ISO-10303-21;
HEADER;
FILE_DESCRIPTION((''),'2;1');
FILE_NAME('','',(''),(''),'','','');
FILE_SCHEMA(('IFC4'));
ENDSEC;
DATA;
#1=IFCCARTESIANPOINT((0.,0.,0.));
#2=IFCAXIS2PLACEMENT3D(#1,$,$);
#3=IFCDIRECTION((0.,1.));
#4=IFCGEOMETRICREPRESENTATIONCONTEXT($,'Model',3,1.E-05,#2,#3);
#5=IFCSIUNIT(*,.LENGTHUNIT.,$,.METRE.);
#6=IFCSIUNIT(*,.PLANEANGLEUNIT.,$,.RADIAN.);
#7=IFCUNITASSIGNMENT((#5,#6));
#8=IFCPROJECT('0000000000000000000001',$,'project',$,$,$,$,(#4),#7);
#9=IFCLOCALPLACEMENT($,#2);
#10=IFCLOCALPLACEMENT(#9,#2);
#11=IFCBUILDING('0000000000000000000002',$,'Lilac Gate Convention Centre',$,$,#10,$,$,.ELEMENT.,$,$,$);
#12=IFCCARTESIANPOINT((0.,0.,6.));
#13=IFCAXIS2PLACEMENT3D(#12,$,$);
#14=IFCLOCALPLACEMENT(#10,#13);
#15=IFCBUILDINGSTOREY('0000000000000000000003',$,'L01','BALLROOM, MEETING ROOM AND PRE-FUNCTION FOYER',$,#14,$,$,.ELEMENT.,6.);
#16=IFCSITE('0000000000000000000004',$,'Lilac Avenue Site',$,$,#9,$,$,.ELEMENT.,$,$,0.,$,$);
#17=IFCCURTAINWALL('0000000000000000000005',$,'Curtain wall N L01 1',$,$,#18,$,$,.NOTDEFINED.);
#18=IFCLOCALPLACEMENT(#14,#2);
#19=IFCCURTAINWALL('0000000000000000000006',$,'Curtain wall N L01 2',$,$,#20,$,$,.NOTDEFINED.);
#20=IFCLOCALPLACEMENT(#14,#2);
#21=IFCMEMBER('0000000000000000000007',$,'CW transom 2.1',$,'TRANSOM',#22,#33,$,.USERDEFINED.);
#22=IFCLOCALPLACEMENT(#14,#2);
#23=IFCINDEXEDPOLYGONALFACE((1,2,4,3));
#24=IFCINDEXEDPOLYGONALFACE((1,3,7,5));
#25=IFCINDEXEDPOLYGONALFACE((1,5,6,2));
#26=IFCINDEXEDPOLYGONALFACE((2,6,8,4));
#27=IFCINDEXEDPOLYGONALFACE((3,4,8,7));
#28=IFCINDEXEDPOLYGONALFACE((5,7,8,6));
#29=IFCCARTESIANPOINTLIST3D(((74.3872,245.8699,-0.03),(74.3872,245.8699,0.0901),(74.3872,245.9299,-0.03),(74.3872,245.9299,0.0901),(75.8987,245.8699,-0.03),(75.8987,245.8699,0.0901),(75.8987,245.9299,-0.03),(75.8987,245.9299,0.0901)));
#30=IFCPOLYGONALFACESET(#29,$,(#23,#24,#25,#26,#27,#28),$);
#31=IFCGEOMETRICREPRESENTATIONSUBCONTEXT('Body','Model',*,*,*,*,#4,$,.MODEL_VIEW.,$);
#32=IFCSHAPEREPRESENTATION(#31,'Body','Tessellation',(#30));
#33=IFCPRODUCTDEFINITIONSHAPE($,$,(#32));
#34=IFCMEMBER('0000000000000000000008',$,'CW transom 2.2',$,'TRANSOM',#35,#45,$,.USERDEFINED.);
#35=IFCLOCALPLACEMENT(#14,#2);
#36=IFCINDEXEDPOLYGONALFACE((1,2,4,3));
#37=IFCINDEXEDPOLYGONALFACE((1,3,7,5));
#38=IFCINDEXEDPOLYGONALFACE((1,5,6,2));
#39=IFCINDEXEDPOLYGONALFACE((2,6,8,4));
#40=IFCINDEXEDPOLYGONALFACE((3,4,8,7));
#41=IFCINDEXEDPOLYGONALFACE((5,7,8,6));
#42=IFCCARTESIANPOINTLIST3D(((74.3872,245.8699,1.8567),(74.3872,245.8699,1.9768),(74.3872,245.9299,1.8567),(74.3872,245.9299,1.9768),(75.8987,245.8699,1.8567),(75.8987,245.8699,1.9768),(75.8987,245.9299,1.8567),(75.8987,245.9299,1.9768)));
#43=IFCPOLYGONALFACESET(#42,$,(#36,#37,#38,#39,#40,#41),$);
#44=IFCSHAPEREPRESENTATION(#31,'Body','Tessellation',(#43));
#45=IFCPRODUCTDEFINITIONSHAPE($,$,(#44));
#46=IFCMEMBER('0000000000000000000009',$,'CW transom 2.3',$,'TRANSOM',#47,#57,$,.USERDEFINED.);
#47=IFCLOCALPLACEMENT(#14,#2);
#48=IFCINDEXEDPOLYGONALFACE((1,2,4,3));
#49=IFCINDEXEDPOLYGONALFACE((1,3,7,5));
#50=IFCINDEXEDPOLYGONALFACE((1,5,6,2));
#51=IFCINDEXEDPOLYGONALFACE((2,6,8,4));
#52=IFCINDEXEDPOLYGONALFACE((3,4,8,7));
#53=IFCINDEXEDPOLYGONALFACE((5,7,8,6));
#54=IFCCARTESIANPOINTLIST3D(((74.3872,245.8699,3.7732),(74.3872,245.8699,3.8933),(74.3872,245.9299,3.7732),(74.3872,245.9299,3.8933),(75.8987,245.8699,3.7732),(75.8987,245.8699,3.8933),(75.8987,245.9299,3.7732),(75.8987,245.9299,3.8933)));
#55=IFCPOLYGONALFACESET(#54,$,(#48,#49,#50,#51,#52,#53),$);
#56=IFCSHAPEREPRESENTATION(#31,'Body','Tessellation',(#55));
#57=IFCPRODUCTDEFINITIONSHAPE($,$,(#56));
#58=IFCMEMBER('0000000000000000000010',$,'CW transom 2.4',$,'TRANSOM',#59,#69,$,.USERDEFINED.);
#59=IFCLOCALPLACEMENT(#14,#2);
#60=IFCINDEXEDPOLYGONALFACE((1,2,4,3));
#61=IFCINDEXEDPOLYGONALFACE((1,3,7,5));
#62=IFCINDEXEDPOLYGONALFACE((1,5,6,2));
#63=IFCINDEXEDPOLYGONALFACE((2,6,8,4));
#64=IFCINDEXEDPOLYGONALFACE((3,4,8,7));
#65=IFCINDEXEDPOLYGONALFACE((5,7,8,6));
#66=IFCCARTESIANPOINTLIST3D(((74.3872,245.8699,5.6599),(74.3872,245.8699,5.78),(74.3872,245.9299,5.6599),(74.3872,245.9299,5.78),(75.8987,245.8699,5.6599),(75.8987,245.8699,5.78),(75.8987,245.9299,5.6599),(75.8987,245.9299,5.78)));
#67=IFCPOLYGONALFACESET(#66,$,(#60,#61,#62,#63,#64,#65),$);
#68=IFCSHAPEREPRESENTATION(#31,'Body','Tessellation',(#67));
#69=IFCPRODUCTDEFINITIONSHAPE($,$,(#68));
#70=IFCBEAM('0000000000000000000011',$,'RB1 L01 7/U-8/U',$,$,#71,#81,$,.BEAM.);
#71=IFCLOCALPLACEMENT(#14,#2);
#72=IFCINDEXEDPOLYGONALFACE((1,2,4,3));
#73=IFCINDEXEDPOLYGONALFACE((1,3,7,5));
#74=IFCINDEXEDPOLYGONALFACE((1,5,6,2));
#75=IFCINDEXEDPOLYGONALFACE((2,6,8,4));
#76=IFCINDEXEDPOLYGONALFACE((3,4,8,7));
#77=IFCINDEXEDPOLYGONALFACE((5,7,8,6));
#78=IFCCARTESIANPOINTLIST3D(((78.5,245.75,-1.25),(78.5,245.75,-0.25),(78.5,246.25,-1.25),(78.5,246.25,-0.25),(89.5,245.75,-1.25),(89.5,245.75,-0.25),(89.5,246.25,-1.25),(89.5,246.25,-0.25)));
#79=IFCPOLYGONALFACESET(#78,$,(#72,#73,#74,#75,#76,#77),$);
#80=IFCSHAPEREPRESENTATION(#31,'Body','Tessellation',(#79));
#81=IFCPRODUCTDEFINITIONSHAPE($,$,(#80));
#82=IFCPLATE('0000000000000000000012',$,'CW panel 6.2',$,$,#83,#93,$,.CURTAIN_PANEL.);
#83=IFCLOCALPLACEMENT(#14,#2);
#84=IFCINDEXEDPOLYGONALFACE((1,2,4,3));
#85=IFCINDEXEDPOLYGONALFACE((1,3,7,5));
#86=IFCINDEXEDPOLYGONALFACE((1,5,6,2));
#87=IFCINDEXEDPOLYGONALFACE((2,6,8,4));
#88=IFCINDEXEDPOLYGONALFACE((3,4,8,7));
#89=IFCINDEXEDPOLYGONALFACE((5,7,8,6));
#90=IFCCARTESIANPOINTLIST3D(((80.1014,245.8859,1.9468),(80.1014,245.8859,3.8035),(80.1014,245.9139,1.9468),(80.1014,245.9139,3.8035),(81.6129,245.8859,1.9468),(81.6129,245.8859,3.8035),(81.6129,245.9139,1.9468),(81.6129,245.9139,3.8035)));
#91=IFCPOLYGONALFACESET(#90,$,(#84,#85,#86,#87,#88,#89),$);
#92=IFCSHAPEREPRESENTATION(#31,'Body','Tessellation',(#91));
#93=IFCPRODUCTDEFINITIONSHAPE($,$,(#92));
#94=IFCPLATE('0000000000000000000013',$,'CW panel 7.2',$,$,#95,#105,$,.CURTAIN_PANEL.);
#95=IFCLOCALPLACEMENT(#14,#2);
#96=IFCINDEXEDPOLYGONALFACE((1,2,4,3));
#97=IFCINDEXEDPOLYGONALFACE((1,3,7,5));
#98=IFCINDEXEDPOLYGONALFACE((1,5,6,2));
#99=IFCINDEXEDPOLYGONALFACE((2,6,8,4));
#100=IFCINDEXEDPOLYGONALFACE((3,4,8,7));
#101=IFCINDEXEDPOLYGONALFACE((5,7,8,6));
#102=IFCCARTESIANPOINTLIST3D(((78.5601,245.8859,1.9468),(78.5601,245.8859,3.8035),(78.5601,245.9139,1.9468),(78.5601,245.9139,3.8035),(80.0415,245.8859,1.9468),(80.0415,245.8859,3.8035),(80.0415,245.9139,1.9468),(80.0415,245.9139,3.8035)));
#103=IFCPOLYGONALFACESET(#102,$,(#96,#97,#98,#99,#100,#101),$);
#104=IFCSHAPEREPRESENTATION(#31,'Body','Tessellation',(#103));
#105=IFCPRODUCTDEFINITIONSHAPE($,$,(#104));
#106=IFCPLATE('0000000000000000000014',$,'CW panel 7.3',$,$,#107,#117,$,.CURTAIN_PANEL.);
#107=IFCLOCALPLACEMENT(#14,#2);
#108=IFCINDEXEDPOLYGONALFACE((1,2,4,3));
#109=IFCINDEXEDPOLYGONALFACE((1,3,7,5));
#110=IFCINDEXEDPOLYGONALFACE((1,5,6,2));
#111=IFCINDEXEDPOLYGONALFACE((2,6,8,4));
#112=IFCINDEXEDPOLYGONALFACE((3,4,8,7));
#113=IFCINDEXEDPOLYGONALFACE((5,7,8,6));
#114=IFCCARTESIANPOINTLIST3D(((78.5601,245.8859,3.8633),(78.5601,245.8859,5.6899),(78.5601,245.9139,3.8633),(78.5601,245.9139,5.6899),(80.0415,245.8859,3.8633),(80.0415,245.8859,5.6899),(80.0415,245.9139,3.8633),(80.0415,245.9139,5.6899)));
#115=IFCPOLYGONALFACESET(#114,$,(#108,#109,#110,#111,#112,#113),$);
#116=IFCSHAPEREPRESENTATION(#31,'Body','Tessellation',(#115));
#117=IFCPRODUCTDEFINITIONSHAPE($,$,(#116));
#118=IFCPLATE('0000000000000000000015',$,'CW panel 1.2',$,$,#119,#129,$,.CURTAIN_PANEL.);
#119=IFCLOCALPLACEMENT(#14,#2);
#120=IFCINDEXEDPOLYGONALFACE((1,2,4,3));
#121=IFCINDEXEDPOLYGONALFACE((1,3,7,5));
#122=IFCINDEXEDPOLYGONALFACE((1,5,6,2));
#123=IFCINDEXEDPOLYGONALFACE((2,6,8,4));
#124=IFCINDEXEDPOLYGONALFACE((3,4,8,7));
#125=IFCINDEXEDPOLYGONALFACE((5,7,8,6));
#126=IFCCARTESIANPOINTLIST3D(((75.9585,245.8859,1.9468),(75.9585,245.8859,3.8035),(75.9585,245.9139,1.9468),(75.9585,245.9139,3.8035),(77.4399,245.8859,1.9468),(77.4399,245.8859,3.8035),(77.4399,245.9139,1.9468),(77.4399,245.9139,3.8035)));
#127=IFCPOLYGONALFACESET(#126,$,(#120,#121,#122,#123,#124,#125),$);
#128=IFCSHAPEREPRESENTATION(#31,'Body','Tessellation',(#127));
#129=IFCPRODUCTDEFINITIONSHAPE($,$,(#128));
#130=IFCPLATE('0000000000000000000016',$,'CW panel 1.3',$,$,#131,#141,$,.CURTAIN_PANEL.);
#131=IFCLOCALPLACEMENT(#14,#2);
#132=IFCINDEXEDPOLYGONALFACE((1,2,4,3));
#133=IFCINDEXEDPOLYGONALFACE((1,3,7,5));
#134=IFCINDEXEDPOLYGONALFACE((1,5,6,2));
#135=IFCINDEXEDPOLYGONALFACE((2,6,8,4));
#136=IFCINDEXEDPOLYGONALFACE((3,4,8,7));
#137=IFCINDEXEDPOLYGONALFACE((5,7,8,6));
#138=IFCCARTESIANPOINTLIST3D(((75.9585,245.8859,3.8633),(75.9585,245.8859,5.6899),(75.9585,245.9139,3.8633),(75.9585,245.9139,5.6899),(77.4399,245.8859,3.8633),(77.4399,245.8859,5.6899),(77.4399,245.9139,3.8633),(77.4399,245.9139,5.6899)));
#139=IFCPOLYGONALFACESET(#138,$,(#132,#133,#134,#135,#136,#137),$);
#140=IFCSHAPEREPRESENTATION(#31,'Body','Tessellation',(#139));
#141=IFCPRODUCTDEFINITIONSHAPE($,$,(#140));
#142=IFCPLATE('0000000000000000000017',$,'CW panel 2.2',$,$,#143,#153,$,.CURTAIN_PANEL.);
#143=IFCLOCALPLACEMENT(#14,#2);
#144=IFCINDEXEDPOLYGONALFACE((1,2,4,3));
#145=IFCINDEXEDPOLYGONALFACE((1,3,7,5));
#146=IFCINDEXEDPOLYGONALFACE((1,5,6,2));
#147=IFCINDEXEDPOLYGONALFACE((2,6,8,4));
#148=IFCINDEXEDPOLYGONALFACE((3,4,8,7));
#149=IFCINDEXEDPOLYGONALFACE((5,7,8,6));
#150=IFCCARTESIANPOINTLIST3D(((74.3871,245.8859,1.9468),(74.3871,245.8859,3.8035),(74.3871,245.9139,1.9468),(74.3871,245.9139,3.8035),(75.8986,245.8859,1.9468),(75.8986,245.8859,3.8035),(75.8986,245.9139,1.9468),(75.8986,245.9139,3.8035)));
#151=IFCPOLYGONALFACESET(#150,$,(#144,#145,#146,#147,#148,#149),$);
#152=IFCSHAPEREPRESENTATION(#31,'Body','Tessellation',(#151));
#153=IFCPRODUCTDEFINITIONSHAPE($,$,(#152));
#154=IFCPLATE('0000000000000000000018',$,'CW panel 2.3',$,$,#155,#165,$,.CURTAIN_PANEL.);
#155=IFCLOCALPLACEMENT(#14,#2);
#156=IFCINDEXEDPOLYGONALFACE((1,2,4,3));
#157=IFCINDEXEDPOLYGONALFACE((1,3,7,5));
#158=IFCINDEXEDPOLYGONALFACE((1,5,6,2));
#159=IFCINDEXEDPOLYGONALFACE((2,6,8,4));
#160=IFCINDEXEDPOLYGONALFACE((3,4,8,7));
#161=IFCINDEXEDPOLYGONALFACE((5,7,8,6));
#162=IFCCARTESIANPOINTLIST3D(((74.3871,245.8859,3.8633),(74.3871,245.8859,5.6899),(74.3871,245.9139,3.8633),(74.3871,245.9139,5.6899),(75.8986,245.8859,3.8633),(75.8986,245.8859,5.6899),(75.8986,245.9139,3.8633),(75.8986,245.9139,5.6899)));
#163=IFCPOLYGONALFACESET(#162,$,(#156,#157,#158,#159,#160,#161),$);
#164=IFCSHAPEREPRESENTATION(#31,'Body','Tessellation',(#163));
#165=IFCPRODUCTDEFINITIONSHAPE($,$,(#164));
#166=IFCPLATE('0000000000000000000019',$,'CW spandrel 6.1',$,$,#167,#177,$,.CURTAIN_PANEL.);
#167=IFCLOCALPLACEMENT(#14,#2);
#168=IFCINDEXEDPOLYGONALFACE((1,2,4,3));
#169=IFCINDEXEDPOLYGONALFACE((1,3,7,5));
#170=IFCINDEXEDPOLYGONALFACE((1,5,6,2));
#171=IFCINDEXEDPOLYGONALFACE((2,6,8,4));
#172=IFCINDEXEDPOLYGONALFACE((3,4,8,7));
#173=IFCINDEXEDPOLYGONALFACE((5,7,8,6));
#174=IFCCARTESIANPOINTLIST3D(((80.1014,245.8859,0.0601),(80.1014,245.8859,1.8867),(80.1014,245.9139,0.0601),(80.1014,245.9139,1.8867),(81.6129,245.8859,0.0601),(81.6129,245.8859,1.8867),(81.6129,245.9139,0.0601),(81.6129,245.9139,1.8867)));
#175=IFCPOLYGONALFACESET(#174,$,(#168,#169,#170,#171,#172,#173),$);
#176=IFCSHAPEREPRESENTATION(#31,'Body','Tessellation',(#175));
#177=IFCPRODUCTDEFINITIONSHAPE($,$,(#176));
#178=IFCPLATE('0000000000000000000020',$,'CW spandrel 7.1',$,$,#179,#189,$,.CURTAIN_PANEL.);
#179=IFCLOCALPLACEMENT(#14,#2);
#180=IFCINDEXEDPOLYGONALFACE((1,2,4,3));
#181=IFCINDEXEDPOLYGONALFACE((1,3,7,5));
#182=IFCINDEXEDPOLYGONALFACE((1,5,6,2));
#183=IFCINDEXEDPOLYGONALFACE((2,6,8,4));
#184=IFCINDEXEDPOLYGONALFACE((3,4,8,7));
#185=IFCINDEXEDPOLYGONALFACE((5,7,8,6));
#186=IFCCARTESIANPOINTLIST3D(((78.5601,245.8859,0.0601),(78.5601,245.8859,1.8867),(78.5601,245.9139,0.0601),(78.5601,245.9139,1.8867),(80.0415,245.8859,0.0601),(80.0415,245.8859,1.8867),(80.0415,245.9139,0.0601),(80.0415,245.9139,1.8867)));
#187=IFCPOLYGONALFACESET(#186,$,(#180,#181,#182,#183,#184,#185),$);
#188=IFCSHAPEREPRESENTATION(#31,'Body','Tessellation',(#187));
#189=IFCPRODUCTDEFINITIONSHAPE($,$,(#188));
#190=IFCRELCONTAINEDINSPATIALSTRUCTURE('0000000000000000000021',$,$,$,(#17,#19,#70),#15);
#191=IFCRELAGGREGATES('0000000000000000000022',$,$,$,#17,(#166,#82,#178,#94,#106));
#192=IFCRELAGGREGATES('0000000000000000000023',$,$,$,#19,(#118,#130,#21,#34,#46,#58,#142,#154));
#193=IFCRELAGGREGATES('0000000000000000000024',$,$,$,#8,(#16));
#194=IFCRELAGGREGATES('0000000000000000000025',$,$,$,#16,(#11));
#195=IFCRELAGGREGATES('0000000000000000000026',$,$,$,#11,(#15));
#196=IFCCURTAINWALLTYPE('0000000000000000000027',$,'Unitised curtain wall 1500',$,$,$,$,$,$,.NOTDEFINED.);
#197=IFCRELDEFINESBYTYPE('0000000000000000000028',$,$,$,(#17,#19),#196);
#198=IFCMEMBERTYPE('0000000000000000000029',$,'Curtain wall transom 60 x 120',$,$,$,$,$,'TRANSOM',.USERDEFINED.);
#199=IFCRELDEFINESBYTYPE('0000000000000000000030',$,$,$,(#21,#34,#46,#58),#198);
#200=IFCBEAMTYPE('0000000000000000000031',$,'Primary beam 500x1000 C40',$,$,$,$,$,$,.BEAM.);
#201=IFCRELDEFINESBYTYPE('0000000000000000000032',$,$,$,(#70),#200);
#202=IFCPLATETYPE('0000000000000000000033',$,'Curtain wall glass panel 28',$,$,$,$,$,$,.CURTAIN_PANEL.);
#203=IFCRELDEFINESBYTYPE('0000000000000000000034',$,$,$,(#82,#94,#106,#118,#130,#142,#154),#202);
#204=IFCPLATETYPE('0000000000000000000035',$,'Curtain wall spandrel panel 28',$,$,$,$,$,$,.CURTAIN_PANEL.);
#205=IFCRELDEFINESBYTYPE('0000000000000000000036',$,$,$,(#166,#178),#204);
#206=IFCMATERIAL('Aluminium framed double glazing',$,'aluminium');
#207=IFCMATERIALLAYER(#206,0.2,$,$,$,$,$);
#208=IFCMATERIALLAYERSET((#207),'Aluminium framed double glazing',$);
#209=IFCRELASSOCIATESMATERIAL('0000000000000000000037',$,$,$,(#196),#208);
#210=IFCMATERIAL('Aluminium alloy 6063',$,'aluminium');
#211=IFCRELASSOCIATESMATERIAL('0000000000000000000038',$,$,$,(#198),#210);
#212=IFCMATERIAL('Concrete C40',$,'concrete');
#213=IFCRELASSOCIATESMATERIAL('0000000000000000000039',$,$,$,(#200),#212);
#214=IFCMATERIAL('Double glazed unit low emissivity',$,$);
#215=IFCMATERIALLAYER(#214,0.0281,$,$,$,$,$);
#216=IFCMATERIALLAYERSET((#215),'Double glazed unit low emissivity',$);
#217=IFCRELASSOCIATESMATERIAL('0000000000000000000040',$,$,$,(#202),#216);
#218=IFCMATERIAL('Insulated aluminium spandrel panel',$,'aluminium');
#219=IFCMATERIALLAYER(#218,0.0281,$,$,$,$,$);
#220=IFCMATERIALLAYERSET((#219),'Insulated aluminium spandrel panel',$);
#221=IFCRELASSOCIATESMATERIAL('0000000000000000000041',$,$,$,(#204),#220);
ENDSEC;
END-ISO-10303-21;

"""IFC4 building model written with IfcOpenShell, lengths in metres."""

from ifc_helpers import new_model, si_unit, direction, frame, origin, origin_2d, place, context, subcontext, project, spatial, rectangle, extrude, material, layer, layer_set, material_profile, profile_set, type_object, element, aggregate, save


model = new_model("IFC4")

# Units and contexts
model_context = context("Model", 3, precision=1e-05, world=origin(), true_north=direction((0.0, 1.0)))
body_context = subcontext(model_context, "Body", "Model", "MODEL_VIEW")
ifc_project = project(units=[si_unit("LENGTHUNIT", "METRE"), si_unit("PLANEANGLEUNIT", "RADIAN")], contexts=[model_context])

# Site, building, storey
site_placement = place(None, origin())
site = spatial("IfcSite", under=ifc_project, at=site_placement, Name="Lilac Avenue Site", CompositionType="ELEMENT", RefElevation=0.0)
building_placement = place(site_placement, origin())
building = spatial("IfcBuilding", under=site, at=building_placement, Name="Lilac Gate Convention Centre", CompositionType="ELEMENT")
storey_placement = place(building_placement, frame((0.0, 0.0, 6.0)))
storey = spatial("IfcBuildingStorey", under=building, at=storey_placement, Name="L01", Description="BALLROOM, MEETING ROOM AND PRE-FUNCTION FOYER", CompositionType="ELEMENT", Elevation=6.0)

# Curtain walls
ifc_material_1 = material(Name="Aluminium framed double glazing", Category="aluminium")
ifc_layer_1 = layer(ifc_material_1, 0.2)
ifc_layer_set_1 = layer_set([ifc_layer_1], Name="Aluminium framed double glazing")
curtain_wall_type = type_object("IfcCurtainWallType", Name="Unitised curtain wall 1500", PredefinedType="NOTDEFINED", material=ifc_layer_set_1)
curtain_wall_1_placement = place(storey_placement, origin())
curtain_wall_1 = element("IfcCurtainWall", 1, at=curtain_wall_1_placement, inside=storey, type_object=curtain_wall_type, Name="Curtain wall N L01 1", PredefinedType="NOTDEFINED")
ifc_material_2 = material(Name="Aluminium alloy 6063", Category="aluminium")
curtain_wall_2_placement = place(storey_placement, origin())
curtain_wall_2 = element("IfcCurtainWall", 2, at=curtain_wall_2_placement, inside=storey, type_object=curtain_wall_type, Name="Curtain wall N L01 2", PredefinedType="NOTDEFINED")

# Members
ifc_material_profile_1 = material_profile(ifc_material_2, rectangle(XDim=0.0601, YDim=0.1201, at=origin_2d()), Name="Curtain wall transom 60 x 120")
ifc_profile_set_1 = profile_set([ifc_material_profile_1], Name="Aluminium alloy 6063")
member_type_1 = type_object("IfcMemberType", Name="Curtain wall transom 60 x 120", ElementType="TRANSOM", PredefinedType="USERDEFINED", material=ifc_profile_set_1)
member_1_placement = place(storey_placement, frame((75.8987, 245.8999, 0.03), z_axis=(-1.0, 0.0, 0.0), x_axis=(0.0, -1.0, 0.0)))
member_1 = element("IfcMember", 3, at=member_1_placement, type_object=member_type_1, Name="CW transom 2.1", ObjectType="TRANSOM", PredefinedType="USERDEFINED", context=body_context, shape_type="SweptSolid", body=[
    extrude(rectangle(XDim=0.0601, YDim=0.1201, at=origin_2d()), origin(), (0.0, 0.0, 1.0), 1.5115),
])
member_2_placement = place(storey_placement, frame((75.8987, 245.8999, 1.9167), z_axis=(-1.0, 0.0, 0.0), x_axis=(0.0, -1.0, 0.0)))
member_2 = element("IfcMember", 4, at=member_2_placement, type_object=member_type_1, Name="CW transom 2.2", ObjectType="TRANSOM", PredefinedType="USERDEFINED", context=body_context, shape_type="SweptSolid", body=[
    extrude(rectangle(XDim=0.0601, YDim=0.1201, at=origin_2d()), origin(), (0.0, 0.0, 1.0), 1.5115),
])
member_3_placement = place(storey_placement, frame((75.8987, 245.8999, 3.8333), z_axis=(-1.0, 0.0, 0.0), x_axis=(0.0, -1.0, 0.0)))
member_3 = element("IfcMember", 5, at=member_3_placement, type_object=member_type_1, Name="CW transom 2.3", ObjectType="TRANSOM", PredefinedType="USERDEFINED", context=body_context, shape_type="SweptSolid", body=[
    extrude(rectangle(XDim=0.0601, YDim=0.1201, at=origin_2d()), origin(), (0.0, 0.0, 1.0), 1.5115),
])
member_4_placement = place(storey_placement, frame((75.8987, 245.8999, 5.72), z_axis=(-1.0, 0.0, 0.0), x_axis=(0.0, -1.0, 0.0)))
member_4 = element("IfcMember", 6, at=member_4_placement, type_object=member_type_1, Name="CW transom 2.4", ObjectType="TRANSOM", PredefinedType="USERDEFINED", context=body_context, shape_type="SweptSolid", body=[
    extrude(rectangle(XDim=0.0601, YDim=0.1201, at=origin_2d()), origin(), (0.0, 0.0, 1.0), 1.5115),
])

# Beam
ifc_material_3 = material(Name="Concrete C40", Category="concrete")
ifc_material_profile_2 = material_profile(ifc_material_3, rectangle(XDim=0.5, YDim=1.0, at=origin_2d()), Name="RC 500x1000")
ifc_profile_set_2 = profile_set([ifc_material_profile_2], Name="Concrete C40")
beam_type = type_object("IfcBeamType", Name="Primary beam 500x1000 C40", PredefinedType="BEAM", material=ifc_profile_set_2)
beam_placement = place(storey_placement, frame((78.5, 246.0, -0.75), z_axis=(1.0, 0.0, 0.0), x_axis=(0.0, 1.0, 0.0)))
element("IfcBeam", 7, at=beam_placement, inside=storey, type_object=beam_type, Name="RB1 L01 7/U-8/U", PredefinedType="BEAM", context=body_context, shape_type="SweptSolid", body=[
    extrude(rectangle(XDim=0.5, YDim=1.0, at=origin_2d()), origin(), (0.0, 0.0, 1.0), 11.0),
])

# Plates
ifc_material_4 = material(Name="Double glazed unit low emissivity")
ifc_layer_2 = layer(ifc_material_4, 0.0281)
ifc_layer_set_2 = layer_set([ifc_layer_2], Name="Double glazed unit low emissivity")
plate_type_1 = type_object("IfcPlateType", Name="Curtain wall glass panel 28", PredefinedType="CURTAIN_PANEL", material=ifc_layer_set_2)
plate_1_placement = place(storey_placement, frame((80.8572, 245.8999, 1.9468), z_axis=(0.0, 0.0, 1.0), x_axis=(-1.0, 0.0, 0.0)))
plate_1 = element("IfcPlate", 8, at=plate_1_placement, type_object=plate_type_1, Name="CW panel 6.2", PredefinedType="CURTAIN_PANEL", context=body_context, shape_type="SweptSolid", body=[
    extrude(rectangle(XDim=1.5115, YDim=0.0281, at=origin_2d()), origin(), (0.0, 0.0, 1.0), 1.8567),
])
plate_2_placement = place(storey_placement, frame((79.3008, 245.8999, 1.9468), z_axis=(0.0, 0.0, 1.0), x_axis=(-1.0, 0.0, 0.0)))
plate_2 = element("IfcPlate", 9, at=plate_2_placement, type_object=plate_type_1, Name="CW panel 7.2", PredefinedType="CURTAIN_PANEL", context=body_context, shape_type="SweptSolid", body=[
    extrude(rectangle(XDim=1.4814, YDim=0.0281, at=origin_2d()), origin(), (0.0, 0.0, 1.0), 1.8567),
])
plate_3_placement = place(storey_placement, frame((79.3008, 245.8999, 3.8633), z_axis=(0.0, 0.0, 1.0), x_axis=(-1.0, 0.0, 0.0)))
plate_3 = element("IfcPlate", 10, at=plate_3_placement, type_object=plate_type_1, Name="CW panel 7.3", PredefinedType="CURTAIN_PANEL", context=body_context, shape_type="SweptSolid", body=[
    extrude(rectangle(XDim=1.4814, YDim=0.0281, at=origin_2d()), origin(), (0.0, 0.0, 1.0), 1.8267),
])
plate_4_placement = place(storey_placement, frame((76.6992, 245.8999, 1.9468), z_axis=(0.0, 0.0, 1.0), x_axis=(-1.0, 0.0, 0.0)))
plate_4 = element("IfcPlate", 11, at=plate_4_placement, type_object=plate_type_1, Name="CW panel 1.2", PredefinedType="CURTAIN_PANEL", context=body_context, shape_type="SweptSolid", body=[
    extrude(rectangle(XDim=1.4814, YDim=0.0281, at=origin_2d()), origin(), (0.0, 0.0, 1.0), 1.8567),
])
plate_5_placement = place(storey_placement, frame((76.6992, 245.8999, 3.8633), z_axis=(0.0, 0.0, 1.0), x_axis=(-1.0, 0.0, 0.0)))
plate_5 = element("IfcPlate", 12, at=plate_5_placement, type_object=plate_type_1, Name="CW panel 1.3", PredefinedType="CURTAIN_PANEL", context=body_context, shape_type="SweptSolid", body=[
    extrude(rectangle(XDim=1.4814, YDim=0.0281, at=origin_2d()), origin(), (0.0, 0.0, 1.0), 1.8267),
])
plate_6_placement = place(storey_placement, frame((75.1428, 245.8999, 1.9468), z_axis=(0.0, 0.0, 1.0), x_axis=(-1.0, 0.0, 0.0)))
plate_6 = element("IfcPlate", 13, at=plate_6_placement, type_object=plate_type_1, Name="CW panel 2.2", PredefinedType="CURTAIN_PANEL", context=body_context, shape_type="SweptSolid", body=[
    extrude(rectangle(XDim=1.5115, YDim=0.0281, at=origin_2d()), origin(), (0.0, 0.0, 1.0), 1.8567),
])
plate_7_placement = place(storey_placement, frame((75.1428, 245.8999, 3.8633), z_axis=(0.0, 0.0, 1.0), x_axis=(-1.0, 0.0, 0.0)))
plate_7 = element("IfcPlate", 14, at=plate_7_placement, type_object=plate_type_1, Name="CW panel 2.3", PredefinedType="CURTAIN_PANEL", context=body_context, shape_type="SweptSolid", body=[
    extrude(rectangle(XDim=1.5115, YDim=0.0281, at=origin_2d()), origin(), (0.0, 0.0, 1.0), 1.8267),
])
ifc_material_5 = material(Name="Insulated aluminium spandrel panel", Category="aluminium")
ifc_layer_3 = layer(ifc_material_5, 0.0281)
ifc_layer_set_3 = layer_set([ifc_layer_3], Name="Insulated aluminium spandrel panel")
plate_type_2 = type_object("IfcPlateType", Name="Curtain wall spandrel panel 28", PredefinedType="CURTAIN_PANEL", material=ifc_layer_set_3)
plate_8_placement = place(storey_placement, frame((80.8572, 245.8999, 0.0601), z_axis=(0.0, 0.0, 1.0), x_axis=(-1.0, 0.0, 0.0)))
plate_8 = element("IfcPlate", 15, at=plate_8_placement, type_object=plate_type_2, Name="CW spandrel 6.1", PredefinedType="CURTAIN_PANEL", context=body_context, shape_type="SweptSolid", body=[
    extrude(rectangle(XDim=1.5115, YDim=0.0281, at=origin_2d()), origin(), (0.0, 0.0, 1.0), 1.8267),
])
plate_9_placement = place(storey_placement, frame((79.3008, 245.8999, 0.0601), z_axis=(0.0, 0.0, 1.0), x_axis=(-1.0, 0.0, 0.0)))
plate_9 = element("IfcPlate", 16, at=plate_9_placement, type_object=plate_type_2, Name="CW spandrel 7.1", PredefinedType="CURTAIN_PANEL", context=body_context, shape_type="SweptSolid", body=[
    extrude(rectangle(XDim=1.4814, YDim=0.0281, at=origin_2d()), origin(), (0.0, 0.0, 1.0), 1.8267),
])
aggregate(curtain_wall_1, [plate_8, plate_1, plate_9, plate_2, plate_3])
aggregate(curtain_wall_2, [plate_4, plate_5, member_1, member_2, member_3, member_4, plate_6, plate_7])

save(model, "model.ifc")
